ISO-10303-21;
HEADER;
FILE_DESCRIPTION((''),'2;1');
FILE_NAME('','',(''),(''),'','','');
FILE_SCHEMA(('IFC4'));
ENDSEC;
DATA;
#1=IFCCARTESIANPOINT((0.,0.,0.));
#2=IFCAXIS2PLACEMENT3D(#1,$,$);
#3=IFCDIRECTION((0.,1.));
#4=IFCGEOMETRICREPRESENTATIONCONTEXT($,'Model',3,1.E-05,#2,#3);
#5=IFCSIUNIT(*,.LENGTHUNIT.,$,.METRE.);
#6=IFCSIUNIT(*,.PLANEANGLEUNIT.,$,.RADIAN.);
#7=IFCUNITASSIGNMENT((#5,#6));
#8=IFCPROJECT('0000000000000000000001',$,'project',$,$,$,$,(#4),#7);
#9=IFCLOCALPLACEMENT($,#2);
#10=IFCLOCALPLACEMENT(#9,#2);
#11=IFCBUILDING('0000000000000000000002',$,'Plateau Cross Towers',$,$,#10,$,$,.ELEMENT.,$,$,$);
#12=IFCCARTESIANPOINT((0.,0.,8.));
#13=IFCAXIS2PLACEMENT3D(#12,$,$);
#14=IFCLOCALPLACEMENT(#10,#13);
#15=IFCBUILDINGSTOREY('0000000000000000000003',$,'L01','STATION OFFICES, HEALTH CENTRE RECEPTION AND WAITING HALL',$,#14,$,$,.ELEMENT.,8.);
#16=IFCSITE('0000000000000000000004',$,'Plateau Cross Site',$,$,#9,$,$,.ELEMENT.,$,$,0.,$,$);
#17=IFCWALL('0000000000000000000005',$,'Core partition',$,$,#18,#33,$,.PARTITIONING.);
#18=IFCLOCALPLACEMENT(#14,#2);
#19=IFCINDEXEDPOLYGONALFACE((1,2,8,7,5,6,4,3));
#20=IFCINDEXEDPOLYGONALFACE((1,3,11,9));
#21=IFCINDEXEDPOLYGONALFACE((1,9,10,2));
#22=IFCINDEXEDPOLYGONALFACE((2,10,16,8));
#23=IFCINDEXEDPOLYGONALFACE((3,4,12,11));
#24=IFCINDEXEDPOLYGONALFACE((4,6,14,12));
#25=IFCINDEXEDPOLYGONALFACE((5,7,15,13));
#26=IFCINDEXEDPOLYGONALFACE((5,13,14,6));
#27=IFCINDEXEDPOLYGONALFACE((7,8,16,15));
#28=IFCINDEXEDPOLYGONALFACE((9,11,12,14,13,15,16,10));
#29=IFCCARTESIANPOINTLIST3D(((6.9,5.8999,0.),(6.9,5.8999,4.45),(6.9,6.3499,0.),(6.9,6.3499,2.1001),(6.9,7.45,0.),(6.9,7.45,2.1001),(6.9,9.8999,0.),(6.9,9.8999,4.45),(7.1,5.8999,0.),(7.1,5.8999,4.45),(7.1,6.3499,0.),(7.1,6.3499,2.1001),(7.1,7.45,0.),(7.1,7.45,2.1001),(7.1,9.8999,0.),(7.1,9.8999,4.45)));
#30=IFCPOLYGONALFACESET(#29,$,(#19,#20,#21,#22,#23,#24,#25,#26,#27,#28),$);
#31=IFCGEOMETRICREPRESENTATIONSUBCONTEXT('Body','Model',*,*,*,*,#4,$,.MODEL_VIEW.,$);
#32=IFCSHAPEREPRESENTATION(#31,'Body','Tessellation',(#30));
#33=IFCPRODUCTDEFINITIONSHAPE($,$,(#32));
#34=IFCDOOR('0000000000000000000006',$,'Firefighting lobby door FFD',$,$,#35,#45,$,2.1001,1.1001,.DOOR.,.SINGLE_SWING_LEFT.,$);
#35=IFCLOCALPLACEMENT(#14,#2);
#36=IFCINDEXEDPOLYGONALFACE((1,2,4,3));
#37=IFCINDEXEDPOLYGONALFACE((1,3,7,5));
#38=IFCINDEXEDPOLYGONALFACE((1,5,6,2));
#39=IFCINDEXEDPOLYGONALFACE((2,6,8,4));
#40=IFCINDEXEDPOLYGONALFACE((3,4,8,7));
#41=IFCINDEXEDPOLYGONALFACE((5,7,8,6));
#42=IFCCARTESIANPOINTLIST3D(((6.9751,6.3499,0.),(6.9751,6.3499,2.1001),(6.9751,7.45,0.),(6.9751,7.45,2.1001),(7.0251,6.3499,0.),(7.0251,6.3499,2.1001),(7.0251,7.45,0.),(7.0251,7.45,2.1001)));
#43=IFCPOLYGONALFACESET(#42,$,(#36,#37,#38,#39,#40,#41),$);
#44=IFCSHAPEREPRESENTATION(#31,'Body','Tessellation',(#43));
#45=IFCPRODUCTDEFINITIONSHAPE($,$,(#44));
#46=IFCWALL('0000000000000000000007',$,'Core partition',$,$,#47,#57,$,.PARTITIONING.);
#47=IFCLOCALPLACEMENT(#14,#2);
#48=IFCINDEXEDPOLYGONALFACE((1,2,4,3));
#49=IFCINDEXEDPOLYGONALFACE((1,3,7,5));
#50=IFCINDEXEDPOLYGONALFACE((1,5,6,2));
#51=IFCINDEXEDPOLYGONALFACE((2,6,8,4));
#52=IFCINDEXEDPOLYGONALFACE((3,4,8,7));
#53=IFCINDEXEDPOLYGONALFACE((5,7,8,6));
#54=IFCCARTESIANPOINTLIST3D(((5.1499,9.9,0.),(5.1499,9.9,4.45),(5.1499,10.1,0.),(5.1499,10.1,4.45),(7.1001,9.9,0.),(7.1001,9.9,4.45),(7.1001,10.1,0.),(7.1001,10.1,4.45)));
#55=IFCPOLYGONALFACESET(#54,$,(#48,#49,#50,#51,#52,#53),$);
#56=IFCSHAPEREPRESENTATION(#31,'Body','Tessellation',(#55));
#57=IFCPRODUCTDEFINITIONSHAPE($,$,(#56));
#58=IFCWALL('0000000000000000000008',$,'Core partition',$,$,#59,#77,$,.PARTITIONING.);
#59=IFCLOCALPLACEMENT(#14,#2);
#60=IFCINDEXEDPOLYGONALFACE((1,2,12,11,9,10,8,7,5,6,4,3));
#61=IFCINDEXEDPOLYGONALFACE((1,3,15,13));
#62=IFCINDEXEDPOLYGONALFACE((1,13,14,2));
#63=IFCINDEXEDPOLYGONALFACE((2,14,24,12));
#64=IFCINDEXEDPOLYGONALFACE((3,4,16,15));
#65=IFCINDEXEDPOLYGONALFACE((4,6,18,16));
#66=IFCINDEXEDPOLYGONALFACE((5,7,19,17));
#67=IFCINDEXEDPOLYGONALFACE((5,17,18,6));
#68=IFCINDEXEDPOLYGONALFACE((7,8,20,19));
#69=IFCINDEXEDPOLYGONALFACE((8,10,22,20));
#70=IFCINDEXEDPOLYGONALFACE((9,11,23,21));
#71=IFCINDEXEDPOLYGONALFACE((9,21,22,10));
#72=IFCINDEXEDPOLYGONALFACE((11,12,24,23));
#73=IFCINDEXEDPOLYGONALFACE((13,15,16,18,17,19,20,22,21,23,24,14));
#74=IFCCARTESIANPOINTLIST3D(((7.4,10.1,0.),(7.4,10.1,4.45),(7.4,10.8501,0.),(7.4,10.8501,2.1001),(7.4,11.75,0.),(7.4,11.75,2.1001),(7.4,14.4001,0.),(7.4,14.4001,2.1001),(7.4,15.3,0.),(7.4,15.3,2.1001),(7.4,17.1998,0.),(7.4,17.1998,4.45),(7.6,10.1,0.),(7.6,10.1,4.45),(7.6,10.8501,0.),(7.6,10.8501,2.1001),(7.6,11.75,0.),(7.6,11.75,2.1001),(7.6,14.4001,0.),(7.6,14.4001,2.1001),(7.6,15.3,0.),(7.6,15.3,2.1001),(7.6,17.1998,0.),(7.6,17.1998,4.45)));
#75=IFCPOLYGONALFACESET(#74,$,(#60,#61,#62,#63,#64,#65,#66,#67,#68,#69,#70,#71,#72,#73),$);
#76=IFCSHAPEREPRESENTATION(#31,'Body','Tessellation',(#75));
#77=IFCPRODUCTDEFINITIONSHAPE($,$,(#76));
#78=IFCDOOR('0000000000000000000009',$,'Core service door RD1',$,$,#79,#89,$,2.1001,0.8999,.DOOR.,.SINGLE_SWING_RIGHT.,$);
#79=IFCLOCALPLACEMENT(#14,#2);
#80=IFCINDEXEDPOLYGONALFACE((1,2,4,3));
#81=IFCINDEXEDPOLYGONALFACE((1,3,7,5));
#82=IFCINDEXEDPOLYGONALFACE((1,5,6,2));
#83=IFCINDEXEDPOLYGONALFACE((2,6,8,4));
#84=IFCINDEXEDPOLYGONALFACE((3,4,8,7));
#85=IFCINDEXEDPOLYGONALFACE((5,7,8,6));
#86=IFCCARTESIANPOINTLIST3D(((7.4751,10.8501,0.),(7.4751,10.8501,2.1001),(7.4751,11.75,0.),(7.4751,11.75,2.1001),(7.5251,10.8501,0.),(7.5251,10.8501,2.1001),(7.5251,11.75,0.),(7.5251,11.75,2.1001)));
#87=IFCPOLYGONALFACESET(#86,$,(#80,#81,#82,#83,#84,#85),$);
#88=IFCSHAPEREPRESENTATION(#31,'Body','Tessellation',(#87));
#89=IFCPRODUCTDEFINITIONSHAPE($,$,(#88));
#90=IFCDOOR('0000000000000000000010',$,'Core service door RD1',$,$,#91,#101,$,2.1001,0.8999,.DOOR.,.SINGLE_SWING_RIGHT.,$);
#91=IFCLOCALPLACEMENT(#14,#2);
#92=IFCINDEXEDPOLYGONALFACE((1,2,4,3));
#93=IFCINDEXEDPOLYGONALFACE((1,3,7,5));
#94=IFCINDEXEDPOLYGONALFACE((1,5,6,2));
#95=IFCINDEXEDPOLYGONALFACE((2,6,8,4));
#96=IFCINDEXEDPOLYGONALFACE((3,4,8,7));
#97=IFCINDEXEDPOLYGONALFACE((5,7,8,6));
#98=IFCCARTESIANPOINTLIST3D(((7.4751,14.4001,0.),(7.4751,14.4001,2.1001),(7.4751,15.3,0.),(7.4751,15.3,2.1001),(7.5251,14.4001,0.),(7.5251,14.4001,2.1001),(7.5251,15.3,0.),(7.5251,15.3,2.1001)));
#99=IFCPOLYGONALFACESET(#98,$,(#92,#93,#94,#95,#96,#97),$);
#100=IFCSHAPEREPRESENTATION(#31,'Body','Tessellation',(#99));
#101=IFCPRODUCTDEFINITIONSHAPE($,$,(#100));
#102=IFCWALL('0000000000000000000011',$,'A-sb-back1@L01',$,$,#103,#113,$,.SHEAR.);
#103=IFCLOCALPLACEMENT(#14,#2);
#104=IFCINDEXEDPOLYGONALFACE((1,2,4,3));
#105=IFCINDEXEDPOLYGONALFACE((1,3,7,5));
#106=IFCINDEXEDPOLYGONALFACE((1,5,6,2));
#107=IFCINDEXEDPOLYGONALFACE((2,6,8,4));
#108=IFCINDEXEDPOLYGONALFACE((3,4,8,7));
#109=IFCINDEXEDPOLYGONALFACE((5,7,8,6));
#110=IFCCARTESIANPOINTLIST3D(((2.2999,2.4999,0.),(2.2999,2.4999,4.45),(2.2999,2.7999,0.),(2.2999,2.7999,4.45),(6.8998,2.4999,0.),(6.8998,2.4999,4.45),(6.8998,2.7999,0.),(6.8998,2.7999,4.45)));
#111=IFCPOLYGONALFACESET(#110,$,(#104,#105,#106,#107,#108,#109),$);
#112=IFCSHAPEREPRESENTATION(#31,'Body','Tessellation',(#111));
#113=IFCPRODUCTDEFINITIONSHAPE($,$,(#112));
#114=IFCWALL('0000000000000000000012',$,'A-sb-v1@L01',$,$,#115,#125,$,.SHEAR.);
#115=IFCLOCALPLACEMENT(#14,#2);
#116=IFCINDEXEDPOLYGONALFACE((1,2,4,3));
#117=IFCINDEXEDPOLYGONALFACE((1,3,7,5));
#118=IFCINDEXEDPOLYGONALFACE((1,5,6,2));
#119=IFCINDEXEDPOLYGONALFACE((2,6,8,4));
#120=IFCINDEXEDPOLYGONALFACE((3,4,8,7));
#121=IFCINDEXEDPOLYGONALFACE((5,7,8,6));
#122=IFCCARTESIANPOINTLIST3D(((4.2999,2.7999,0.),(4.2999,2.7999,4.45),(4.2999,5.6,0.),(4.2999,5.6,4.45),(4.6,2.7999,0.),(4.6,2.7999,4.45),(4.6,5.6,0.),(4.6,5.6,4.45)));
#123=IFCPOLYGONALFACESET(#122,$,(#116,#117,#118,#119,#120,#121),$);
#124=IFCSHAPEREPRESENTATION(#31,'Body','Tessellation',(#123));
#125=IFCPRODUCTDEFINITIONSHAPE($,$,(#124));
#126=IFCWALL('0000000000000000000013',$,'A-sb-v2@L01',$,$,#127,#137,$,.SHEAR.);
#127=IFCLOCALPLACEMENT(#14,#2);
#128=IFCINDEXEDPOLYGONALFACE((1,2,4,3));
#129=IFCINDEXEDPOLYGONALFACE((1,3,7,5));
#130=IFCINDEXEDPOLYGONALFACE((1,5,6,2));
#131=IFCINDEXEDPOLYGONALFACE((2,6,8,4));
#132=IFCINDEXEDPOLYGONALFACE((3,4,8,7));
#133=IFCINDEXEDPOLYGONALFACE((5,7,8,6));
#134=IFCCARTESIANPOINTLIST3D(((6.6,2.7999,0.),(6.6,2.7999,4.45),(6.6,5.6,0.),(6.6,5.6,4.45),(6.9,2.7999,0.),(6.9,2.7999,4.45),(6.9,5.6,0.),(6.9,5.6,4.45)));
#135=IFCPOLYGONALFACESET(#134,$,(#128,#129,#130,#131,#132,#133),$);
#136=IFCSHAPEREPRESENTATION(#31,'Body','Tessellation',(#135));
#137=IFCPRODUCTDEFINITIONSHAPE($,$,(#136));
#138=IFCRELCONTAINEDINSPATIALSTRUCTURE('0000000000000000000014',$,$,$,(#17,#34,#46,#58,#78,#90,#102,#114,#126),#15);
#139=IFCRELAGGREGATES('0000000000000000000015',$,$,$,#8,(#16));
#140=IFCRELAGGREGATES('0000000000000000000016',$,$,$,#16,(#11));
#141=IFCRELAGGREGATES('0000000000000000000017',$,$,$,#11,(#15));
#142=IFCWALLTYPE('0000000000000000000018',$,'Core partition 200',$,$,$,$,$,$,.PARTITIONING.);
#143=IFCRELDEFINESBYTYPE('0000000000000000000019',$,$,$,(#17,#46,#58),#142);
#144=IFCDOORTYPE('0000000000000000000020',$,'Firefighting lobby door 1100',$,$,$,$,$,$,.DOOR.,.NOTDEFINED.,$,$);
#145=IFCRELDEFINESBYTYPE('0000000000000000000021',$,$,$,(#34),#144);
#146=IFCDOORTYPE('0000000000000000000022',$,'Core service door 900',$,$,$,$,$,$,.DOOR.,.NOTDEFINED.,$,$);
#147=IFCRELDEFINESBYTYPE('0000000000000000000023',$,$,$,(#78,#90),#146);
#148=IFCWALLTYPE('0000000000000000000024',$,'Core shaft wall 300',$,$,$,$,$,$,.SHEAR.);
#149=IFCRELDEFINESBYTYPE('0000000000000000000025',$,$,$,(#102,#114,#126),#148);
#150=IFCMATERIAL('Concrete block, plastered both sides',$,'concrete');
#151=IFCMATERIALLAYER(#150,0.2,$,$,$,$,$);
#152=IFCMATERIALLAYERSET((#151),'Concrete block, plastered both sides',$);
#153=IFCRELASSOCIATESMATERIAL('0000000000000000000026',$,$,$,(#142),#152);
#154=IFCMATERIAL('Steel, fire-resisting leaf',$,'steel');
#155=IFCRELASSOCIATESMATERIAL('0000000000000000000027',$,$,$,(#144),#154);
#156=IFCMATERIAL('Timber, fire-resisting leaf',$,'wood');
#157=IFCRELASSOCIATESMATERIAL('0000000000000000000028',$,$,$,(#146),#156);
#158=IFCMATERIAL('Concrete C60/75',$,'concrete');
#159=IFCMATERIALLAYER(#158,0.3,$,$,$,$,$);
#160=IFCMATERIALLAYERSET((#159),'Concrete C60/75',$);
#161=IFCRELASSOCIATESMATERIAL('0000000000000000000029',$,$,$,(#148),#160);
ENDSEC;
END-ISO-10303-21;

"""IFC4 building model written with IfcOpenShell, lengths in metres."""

from ifc_helpers import new_model, si_unit, direction, frame, frame_2d, origin, place, context, subcontext, project, spatial, rectangle, extrude, material, layer, layer_set, type_object, element, fill, save


model = new_model("IFC4")

# Units and contexts
model_context = context("Model", 3, precision=1e-05, world=origin(), true_north=direction((0.0, 1.0)))
body_context = subcontext(model_context, "Body", "Model", "MODEL_VIEW")
ifc_project = project(units=[si_unit("LENGTHUNIT", "METRE"), si_unit("PLANEANGLEUNIT", "RADIAN")], contexts=[model_context])

# Site, building, storey
site_placement = place(None, origin())
site = spatial("IfcSite", under=ifc_project, at=site_placement, Name="Plateau Cross Site", CompositionType="ELEMENT", RefElevation=0.0)
building_placement = place(site_placement, origin())
building = spatial("IfcBuilding", under=site, at=building_placement, Name="Plateau Cross Towers", CompositionType="ELEMENT")
storey_placement = place(building_placement, frame((0.0, 0.0, 8.0)))
storey = spatial("IfcBuildingStorey", under=building, at=storey_placement, Name="L01", Description="STATION OFFICES, HEALTH CENTRE RECEPTION AND WAITING HALL", CompositionType="ELEMENT", Elevation=8.0)

# Wall, opening, door
ifc_material_1 = material(Name="Concrete block, plastered both sides", Category="concrete")
ifc_layer_1 = layer(ifc_material_1, 0.2)
ifc_layer_set_1 = layer_set([ifc_layer_1], Name="Concrete block, plastered both sides")
wall_type_1 = type_object("IfcWallType", Name="Core partition 200", PredefinedType="PARTITIONING", material=ifc_layer_set_1)
wall_1_placement = place(storey_placement, frame((7.0, 5.8999, 0.0), z_axis=(0.0, 0.0, 1.0), x_axis=(0.0, 1.0, 0.0)))
wall_1 = element("IfcWall", 1, at=wall_1_placement, inside=storey, type_object=wall_type_1, Name="Core partition", PredefinedType="PARTITIONING", context=body_context, shape_type="SweptSolid", body=[
    extrude(rectangle(XDim=4.0, YDim=0.2, at=frame_2d((2.0, 0.0))), origin(), (0.0, 0.0, 1.0), 4.45),
])
opening_1_placement = place(wall_1_placement, frame((0.45, 0.0, 0.0)))
opening_1 = element("IfcOpeningElement", 2, at=opening_1_placement, cuts=wall_1, PredefinedType="OPENING", context=body_context, shape_type="SweptSolid", body=[
    extrude(rectangle(XDim=1.1001, YDim=2.1001, at=frame_2d((0.55, 1.05))), frame((0.0, 0.1099, 0.0), z_axis=(0.0, -1.0, 0.0), x_axis=(1.0, 0.0, 0.0)), (0.0, 0.0, 1.0), 0.22),
])
ifc_material_2 = material(Name="Steel, fire-resisting leaf", Category="steel")
door_type_1 = type_object("IfcDoorType", Name="Firefighting lobby door 1100", OperationType="NOTDEFINED", PredefinedType="DOOR", material=ifc_material_2)
door_1_placement = place(opening_1_placement, origin())
door_1 = element("IfcDoor", 3, at=door_1_placement, inside=storey, type_object=door_type_1, Name="Firefighting lobby door FFD", OperationType="SINGLE_SWING_LEFT", OverallHeight=2.1001, OverallWidth=1.1001, PredefinedType="DOOR", context=body_context, shape_type="SweptSolid", body=[
    extrude(rectangle(XDim=1.1001, YDim=2.1001, at=frame_2d((0.55, 1.05))), frame((0.0, 0.0249, 0.0), z_axis=(0.0, -1.0, 0.0), x_axis=(1.0, 0.0, 0.0)), (0.0, 0.0, 1.0), 0.05),
])
fill(opening_1, door_1)

# Wall
wall_2_placement = place(storey_placement, frame((5.1499, 10.0, 0.0), z_axis=(0.0, 0.0, 1.0), x_axis=(1.0, 0.0, 0.0)))
element("IfcWall", 4, at=wall_2_placement, inside=storey, type_object=wall_type_1, Name="Core partition", PredefinedType="PARTITIONING", context=body_context, shape_type="SweptSolid", body=[
    extrude(rectangle(XDim=1.9502, YDim=0.2, at=frame_2d((0.9751, 0.0))), origin(), (0.0, 0.0, 1.0), 4.45),
])

# Wall, openings, doors
wall_3_placement = place(storey_placement, frame((7.5, 10.1001, 0.0), z_axis=(0.0, 0.0, 1.0), x_axis=(0.0, 1.0, 0.0)))
wall_3 = element("IfcWall", 5, at=wall_3_placement, inside=storey, type_object=wall_type_1, Name="Core partition", PredefinedType="PARTITIONING", context=body_context, shape_type="SweptSolid", body=[
    extrude(rectangle(XDim=7.0999, YDim=0.2, at=frame_2d((3.5498, 0.0))), origin(), (0.0, 0.0, 1.0), 4.45),
])
opening_2_placement = place(wall_3_placement, frame((0.75, 0.0, 0.0)))
opening_2 = element("IfcOpeningElement", 6, at=opening_2_placement, cuts=wall_3, PredefinedType="OPENING", context=body_context, shape_type="SweptSolid", body=[
    extrude(rectangle(XDim=0.8999, YDim=2.1001, at=frame_2d((0.45, 1.05))), frame((0.0, 0.1099, 0.0), z_axis=(0.0, -1.0, 0.0), x_axis=(1.0, 0.0, 0.0)), (0.0, 0.0, 1.0), 0.22),
])
opening_3_placement = place(wall_3_placement, frame((4.3, 0.0, 0.0)))
opening_3 = element("IfcOpeningElement", 7, at=opening_3_placement, cuts=wall_3, PredefinedType="OPENING", context=body_context, shape_type="SweptSolid", body=[
    extrude(rectangle(XDim=0.8999, YDim=2.1001, at=frame_2d((0.45, 1.05))), frame((0.0, 0.1099, 0.0), z_axis=(0.0, -1.0, 0.0), x_axis=(1.0, 0.0, 0.0)), (0.0, 0.0, 1.0), 0.22),
])
ifc_material_3 = material(Name="Timber, fire-resisting leaf", Category="wood")
door_type_2 = type_object("IfcDoorType", Name="Core service door 900", OperationType="NOTDEFINED", PredefinedType="DOOR", material=ifc_material_3)
door_2_placement = place(opening_2_placement, origin())
door_2 = element("IfcDoor", 8, at=door_2_placement, inside=storey, type_object=door_type_2, Name="Core service door RD1", OperationType="SINGLE_SWING_RIGHT", OverallHeight=2.1001, OverallWidth=0.8999, PredefinedType="DOOR", context=body_context, shape_type="SweptSolid", body=[
    extrude(rectangle(XDim=0.8999, YDim=2.1001, at=frame_2d((0.45, 1.05))), frame((0.0, 0.0249, 0.0), z_axis=(0.0, -1.0, 0.0), x_axis=(1.0, 0.0, 0.0)), (0.0, 0.0, 1.0), 0.05),
])
fill(opening_2, door_2)
door_3_placement = place(opening_3_placement, origin())
door_3 = element("IfcDoor", 9, at=door_3_placement, inside=storey, type_object=door_type_2, Name="Core service door RD1", OperationType="SINGLE_SWING_RIGHT", OverallHeight=2.1001, OverallWidth=0.8999, PredefinedType="DOOR", context=body_context, shape_type="SweptSolid", body=[
    extrude(rectangle(XDim=0.8999, YDim=2.1001, at=frame_2d((0.45, 1.05))), frame((0.0, 0.0249, 0.0), z_axis=(0.0, -1.0, 0.0), x_axis=(1.0, 0.0, 0.0)), (0.0, 0.0, 1.0), 0.05),
])
fill(opening_3, door_3)

# Walls
ifc_material_4 = material(Name="Concrete C60/75", Category="concrete")
ifc_layer_2 = layer(ifc_material_4, 0.3)
ifc_layer_set_2 = layer_set([ifc_layer_2], Name="Concrete C60/75")
wall_type_2 = type_object("IfcWallType", Name="Core shaft wall 300", PredefinedType="SHEAR", material=ifc_layer_set_2)
wall_4_placement = place(storey_placement, frame((2.3, 2.6499, 0.0), z_axis=(0.0, 0.0, 1.0), x_axis=(1.0, 0.0, 0.0)))
element("IfcWall", 10, at=wall_4_placement, inside=storey, type_object=wall_type_2, Name="A-sb-back1@L01", PredefinedType="SHEAR", context=body_context, shape_type="SweptSolid", body=[
    extrude(rectangle(XDim=4.5999, YDim=0.3, at=frame_2d((2.2998, 0.0))), origin(), (0.0, 0.0, 1.0), 4.45),
])
for number, where, z_axis, x_axis, name in (
    (11, (4.45, 2.8, 0.0), (0.0, 0.0, 1.0), (0.0, 1.0, 0.0), "A-sb-v1@L01"),
    (12, (6.75, 2.8, 0.0), (0.0, 0.0, 1.0), (0.0, 1.0, 0.0), "A-sb-v2@L01"),
):
    element("IfcWall", number, at=place(storey_placement, frame(where, z_axis=z_axis, x_axis=x_axis)), inside=storey, type_object=wall_type_2, Name=name, PredefinedType="SHEAR", context=body_context, shape_type="SweptSolid", body=[
        extrude(rectangle(XDim=2.8, YDim=0.3, at=frame_2d((1.3999, 0.0))), origin(), (0.0, 0.0, 1.0), 4.45),
    ])

save(model, "model.ifc")
